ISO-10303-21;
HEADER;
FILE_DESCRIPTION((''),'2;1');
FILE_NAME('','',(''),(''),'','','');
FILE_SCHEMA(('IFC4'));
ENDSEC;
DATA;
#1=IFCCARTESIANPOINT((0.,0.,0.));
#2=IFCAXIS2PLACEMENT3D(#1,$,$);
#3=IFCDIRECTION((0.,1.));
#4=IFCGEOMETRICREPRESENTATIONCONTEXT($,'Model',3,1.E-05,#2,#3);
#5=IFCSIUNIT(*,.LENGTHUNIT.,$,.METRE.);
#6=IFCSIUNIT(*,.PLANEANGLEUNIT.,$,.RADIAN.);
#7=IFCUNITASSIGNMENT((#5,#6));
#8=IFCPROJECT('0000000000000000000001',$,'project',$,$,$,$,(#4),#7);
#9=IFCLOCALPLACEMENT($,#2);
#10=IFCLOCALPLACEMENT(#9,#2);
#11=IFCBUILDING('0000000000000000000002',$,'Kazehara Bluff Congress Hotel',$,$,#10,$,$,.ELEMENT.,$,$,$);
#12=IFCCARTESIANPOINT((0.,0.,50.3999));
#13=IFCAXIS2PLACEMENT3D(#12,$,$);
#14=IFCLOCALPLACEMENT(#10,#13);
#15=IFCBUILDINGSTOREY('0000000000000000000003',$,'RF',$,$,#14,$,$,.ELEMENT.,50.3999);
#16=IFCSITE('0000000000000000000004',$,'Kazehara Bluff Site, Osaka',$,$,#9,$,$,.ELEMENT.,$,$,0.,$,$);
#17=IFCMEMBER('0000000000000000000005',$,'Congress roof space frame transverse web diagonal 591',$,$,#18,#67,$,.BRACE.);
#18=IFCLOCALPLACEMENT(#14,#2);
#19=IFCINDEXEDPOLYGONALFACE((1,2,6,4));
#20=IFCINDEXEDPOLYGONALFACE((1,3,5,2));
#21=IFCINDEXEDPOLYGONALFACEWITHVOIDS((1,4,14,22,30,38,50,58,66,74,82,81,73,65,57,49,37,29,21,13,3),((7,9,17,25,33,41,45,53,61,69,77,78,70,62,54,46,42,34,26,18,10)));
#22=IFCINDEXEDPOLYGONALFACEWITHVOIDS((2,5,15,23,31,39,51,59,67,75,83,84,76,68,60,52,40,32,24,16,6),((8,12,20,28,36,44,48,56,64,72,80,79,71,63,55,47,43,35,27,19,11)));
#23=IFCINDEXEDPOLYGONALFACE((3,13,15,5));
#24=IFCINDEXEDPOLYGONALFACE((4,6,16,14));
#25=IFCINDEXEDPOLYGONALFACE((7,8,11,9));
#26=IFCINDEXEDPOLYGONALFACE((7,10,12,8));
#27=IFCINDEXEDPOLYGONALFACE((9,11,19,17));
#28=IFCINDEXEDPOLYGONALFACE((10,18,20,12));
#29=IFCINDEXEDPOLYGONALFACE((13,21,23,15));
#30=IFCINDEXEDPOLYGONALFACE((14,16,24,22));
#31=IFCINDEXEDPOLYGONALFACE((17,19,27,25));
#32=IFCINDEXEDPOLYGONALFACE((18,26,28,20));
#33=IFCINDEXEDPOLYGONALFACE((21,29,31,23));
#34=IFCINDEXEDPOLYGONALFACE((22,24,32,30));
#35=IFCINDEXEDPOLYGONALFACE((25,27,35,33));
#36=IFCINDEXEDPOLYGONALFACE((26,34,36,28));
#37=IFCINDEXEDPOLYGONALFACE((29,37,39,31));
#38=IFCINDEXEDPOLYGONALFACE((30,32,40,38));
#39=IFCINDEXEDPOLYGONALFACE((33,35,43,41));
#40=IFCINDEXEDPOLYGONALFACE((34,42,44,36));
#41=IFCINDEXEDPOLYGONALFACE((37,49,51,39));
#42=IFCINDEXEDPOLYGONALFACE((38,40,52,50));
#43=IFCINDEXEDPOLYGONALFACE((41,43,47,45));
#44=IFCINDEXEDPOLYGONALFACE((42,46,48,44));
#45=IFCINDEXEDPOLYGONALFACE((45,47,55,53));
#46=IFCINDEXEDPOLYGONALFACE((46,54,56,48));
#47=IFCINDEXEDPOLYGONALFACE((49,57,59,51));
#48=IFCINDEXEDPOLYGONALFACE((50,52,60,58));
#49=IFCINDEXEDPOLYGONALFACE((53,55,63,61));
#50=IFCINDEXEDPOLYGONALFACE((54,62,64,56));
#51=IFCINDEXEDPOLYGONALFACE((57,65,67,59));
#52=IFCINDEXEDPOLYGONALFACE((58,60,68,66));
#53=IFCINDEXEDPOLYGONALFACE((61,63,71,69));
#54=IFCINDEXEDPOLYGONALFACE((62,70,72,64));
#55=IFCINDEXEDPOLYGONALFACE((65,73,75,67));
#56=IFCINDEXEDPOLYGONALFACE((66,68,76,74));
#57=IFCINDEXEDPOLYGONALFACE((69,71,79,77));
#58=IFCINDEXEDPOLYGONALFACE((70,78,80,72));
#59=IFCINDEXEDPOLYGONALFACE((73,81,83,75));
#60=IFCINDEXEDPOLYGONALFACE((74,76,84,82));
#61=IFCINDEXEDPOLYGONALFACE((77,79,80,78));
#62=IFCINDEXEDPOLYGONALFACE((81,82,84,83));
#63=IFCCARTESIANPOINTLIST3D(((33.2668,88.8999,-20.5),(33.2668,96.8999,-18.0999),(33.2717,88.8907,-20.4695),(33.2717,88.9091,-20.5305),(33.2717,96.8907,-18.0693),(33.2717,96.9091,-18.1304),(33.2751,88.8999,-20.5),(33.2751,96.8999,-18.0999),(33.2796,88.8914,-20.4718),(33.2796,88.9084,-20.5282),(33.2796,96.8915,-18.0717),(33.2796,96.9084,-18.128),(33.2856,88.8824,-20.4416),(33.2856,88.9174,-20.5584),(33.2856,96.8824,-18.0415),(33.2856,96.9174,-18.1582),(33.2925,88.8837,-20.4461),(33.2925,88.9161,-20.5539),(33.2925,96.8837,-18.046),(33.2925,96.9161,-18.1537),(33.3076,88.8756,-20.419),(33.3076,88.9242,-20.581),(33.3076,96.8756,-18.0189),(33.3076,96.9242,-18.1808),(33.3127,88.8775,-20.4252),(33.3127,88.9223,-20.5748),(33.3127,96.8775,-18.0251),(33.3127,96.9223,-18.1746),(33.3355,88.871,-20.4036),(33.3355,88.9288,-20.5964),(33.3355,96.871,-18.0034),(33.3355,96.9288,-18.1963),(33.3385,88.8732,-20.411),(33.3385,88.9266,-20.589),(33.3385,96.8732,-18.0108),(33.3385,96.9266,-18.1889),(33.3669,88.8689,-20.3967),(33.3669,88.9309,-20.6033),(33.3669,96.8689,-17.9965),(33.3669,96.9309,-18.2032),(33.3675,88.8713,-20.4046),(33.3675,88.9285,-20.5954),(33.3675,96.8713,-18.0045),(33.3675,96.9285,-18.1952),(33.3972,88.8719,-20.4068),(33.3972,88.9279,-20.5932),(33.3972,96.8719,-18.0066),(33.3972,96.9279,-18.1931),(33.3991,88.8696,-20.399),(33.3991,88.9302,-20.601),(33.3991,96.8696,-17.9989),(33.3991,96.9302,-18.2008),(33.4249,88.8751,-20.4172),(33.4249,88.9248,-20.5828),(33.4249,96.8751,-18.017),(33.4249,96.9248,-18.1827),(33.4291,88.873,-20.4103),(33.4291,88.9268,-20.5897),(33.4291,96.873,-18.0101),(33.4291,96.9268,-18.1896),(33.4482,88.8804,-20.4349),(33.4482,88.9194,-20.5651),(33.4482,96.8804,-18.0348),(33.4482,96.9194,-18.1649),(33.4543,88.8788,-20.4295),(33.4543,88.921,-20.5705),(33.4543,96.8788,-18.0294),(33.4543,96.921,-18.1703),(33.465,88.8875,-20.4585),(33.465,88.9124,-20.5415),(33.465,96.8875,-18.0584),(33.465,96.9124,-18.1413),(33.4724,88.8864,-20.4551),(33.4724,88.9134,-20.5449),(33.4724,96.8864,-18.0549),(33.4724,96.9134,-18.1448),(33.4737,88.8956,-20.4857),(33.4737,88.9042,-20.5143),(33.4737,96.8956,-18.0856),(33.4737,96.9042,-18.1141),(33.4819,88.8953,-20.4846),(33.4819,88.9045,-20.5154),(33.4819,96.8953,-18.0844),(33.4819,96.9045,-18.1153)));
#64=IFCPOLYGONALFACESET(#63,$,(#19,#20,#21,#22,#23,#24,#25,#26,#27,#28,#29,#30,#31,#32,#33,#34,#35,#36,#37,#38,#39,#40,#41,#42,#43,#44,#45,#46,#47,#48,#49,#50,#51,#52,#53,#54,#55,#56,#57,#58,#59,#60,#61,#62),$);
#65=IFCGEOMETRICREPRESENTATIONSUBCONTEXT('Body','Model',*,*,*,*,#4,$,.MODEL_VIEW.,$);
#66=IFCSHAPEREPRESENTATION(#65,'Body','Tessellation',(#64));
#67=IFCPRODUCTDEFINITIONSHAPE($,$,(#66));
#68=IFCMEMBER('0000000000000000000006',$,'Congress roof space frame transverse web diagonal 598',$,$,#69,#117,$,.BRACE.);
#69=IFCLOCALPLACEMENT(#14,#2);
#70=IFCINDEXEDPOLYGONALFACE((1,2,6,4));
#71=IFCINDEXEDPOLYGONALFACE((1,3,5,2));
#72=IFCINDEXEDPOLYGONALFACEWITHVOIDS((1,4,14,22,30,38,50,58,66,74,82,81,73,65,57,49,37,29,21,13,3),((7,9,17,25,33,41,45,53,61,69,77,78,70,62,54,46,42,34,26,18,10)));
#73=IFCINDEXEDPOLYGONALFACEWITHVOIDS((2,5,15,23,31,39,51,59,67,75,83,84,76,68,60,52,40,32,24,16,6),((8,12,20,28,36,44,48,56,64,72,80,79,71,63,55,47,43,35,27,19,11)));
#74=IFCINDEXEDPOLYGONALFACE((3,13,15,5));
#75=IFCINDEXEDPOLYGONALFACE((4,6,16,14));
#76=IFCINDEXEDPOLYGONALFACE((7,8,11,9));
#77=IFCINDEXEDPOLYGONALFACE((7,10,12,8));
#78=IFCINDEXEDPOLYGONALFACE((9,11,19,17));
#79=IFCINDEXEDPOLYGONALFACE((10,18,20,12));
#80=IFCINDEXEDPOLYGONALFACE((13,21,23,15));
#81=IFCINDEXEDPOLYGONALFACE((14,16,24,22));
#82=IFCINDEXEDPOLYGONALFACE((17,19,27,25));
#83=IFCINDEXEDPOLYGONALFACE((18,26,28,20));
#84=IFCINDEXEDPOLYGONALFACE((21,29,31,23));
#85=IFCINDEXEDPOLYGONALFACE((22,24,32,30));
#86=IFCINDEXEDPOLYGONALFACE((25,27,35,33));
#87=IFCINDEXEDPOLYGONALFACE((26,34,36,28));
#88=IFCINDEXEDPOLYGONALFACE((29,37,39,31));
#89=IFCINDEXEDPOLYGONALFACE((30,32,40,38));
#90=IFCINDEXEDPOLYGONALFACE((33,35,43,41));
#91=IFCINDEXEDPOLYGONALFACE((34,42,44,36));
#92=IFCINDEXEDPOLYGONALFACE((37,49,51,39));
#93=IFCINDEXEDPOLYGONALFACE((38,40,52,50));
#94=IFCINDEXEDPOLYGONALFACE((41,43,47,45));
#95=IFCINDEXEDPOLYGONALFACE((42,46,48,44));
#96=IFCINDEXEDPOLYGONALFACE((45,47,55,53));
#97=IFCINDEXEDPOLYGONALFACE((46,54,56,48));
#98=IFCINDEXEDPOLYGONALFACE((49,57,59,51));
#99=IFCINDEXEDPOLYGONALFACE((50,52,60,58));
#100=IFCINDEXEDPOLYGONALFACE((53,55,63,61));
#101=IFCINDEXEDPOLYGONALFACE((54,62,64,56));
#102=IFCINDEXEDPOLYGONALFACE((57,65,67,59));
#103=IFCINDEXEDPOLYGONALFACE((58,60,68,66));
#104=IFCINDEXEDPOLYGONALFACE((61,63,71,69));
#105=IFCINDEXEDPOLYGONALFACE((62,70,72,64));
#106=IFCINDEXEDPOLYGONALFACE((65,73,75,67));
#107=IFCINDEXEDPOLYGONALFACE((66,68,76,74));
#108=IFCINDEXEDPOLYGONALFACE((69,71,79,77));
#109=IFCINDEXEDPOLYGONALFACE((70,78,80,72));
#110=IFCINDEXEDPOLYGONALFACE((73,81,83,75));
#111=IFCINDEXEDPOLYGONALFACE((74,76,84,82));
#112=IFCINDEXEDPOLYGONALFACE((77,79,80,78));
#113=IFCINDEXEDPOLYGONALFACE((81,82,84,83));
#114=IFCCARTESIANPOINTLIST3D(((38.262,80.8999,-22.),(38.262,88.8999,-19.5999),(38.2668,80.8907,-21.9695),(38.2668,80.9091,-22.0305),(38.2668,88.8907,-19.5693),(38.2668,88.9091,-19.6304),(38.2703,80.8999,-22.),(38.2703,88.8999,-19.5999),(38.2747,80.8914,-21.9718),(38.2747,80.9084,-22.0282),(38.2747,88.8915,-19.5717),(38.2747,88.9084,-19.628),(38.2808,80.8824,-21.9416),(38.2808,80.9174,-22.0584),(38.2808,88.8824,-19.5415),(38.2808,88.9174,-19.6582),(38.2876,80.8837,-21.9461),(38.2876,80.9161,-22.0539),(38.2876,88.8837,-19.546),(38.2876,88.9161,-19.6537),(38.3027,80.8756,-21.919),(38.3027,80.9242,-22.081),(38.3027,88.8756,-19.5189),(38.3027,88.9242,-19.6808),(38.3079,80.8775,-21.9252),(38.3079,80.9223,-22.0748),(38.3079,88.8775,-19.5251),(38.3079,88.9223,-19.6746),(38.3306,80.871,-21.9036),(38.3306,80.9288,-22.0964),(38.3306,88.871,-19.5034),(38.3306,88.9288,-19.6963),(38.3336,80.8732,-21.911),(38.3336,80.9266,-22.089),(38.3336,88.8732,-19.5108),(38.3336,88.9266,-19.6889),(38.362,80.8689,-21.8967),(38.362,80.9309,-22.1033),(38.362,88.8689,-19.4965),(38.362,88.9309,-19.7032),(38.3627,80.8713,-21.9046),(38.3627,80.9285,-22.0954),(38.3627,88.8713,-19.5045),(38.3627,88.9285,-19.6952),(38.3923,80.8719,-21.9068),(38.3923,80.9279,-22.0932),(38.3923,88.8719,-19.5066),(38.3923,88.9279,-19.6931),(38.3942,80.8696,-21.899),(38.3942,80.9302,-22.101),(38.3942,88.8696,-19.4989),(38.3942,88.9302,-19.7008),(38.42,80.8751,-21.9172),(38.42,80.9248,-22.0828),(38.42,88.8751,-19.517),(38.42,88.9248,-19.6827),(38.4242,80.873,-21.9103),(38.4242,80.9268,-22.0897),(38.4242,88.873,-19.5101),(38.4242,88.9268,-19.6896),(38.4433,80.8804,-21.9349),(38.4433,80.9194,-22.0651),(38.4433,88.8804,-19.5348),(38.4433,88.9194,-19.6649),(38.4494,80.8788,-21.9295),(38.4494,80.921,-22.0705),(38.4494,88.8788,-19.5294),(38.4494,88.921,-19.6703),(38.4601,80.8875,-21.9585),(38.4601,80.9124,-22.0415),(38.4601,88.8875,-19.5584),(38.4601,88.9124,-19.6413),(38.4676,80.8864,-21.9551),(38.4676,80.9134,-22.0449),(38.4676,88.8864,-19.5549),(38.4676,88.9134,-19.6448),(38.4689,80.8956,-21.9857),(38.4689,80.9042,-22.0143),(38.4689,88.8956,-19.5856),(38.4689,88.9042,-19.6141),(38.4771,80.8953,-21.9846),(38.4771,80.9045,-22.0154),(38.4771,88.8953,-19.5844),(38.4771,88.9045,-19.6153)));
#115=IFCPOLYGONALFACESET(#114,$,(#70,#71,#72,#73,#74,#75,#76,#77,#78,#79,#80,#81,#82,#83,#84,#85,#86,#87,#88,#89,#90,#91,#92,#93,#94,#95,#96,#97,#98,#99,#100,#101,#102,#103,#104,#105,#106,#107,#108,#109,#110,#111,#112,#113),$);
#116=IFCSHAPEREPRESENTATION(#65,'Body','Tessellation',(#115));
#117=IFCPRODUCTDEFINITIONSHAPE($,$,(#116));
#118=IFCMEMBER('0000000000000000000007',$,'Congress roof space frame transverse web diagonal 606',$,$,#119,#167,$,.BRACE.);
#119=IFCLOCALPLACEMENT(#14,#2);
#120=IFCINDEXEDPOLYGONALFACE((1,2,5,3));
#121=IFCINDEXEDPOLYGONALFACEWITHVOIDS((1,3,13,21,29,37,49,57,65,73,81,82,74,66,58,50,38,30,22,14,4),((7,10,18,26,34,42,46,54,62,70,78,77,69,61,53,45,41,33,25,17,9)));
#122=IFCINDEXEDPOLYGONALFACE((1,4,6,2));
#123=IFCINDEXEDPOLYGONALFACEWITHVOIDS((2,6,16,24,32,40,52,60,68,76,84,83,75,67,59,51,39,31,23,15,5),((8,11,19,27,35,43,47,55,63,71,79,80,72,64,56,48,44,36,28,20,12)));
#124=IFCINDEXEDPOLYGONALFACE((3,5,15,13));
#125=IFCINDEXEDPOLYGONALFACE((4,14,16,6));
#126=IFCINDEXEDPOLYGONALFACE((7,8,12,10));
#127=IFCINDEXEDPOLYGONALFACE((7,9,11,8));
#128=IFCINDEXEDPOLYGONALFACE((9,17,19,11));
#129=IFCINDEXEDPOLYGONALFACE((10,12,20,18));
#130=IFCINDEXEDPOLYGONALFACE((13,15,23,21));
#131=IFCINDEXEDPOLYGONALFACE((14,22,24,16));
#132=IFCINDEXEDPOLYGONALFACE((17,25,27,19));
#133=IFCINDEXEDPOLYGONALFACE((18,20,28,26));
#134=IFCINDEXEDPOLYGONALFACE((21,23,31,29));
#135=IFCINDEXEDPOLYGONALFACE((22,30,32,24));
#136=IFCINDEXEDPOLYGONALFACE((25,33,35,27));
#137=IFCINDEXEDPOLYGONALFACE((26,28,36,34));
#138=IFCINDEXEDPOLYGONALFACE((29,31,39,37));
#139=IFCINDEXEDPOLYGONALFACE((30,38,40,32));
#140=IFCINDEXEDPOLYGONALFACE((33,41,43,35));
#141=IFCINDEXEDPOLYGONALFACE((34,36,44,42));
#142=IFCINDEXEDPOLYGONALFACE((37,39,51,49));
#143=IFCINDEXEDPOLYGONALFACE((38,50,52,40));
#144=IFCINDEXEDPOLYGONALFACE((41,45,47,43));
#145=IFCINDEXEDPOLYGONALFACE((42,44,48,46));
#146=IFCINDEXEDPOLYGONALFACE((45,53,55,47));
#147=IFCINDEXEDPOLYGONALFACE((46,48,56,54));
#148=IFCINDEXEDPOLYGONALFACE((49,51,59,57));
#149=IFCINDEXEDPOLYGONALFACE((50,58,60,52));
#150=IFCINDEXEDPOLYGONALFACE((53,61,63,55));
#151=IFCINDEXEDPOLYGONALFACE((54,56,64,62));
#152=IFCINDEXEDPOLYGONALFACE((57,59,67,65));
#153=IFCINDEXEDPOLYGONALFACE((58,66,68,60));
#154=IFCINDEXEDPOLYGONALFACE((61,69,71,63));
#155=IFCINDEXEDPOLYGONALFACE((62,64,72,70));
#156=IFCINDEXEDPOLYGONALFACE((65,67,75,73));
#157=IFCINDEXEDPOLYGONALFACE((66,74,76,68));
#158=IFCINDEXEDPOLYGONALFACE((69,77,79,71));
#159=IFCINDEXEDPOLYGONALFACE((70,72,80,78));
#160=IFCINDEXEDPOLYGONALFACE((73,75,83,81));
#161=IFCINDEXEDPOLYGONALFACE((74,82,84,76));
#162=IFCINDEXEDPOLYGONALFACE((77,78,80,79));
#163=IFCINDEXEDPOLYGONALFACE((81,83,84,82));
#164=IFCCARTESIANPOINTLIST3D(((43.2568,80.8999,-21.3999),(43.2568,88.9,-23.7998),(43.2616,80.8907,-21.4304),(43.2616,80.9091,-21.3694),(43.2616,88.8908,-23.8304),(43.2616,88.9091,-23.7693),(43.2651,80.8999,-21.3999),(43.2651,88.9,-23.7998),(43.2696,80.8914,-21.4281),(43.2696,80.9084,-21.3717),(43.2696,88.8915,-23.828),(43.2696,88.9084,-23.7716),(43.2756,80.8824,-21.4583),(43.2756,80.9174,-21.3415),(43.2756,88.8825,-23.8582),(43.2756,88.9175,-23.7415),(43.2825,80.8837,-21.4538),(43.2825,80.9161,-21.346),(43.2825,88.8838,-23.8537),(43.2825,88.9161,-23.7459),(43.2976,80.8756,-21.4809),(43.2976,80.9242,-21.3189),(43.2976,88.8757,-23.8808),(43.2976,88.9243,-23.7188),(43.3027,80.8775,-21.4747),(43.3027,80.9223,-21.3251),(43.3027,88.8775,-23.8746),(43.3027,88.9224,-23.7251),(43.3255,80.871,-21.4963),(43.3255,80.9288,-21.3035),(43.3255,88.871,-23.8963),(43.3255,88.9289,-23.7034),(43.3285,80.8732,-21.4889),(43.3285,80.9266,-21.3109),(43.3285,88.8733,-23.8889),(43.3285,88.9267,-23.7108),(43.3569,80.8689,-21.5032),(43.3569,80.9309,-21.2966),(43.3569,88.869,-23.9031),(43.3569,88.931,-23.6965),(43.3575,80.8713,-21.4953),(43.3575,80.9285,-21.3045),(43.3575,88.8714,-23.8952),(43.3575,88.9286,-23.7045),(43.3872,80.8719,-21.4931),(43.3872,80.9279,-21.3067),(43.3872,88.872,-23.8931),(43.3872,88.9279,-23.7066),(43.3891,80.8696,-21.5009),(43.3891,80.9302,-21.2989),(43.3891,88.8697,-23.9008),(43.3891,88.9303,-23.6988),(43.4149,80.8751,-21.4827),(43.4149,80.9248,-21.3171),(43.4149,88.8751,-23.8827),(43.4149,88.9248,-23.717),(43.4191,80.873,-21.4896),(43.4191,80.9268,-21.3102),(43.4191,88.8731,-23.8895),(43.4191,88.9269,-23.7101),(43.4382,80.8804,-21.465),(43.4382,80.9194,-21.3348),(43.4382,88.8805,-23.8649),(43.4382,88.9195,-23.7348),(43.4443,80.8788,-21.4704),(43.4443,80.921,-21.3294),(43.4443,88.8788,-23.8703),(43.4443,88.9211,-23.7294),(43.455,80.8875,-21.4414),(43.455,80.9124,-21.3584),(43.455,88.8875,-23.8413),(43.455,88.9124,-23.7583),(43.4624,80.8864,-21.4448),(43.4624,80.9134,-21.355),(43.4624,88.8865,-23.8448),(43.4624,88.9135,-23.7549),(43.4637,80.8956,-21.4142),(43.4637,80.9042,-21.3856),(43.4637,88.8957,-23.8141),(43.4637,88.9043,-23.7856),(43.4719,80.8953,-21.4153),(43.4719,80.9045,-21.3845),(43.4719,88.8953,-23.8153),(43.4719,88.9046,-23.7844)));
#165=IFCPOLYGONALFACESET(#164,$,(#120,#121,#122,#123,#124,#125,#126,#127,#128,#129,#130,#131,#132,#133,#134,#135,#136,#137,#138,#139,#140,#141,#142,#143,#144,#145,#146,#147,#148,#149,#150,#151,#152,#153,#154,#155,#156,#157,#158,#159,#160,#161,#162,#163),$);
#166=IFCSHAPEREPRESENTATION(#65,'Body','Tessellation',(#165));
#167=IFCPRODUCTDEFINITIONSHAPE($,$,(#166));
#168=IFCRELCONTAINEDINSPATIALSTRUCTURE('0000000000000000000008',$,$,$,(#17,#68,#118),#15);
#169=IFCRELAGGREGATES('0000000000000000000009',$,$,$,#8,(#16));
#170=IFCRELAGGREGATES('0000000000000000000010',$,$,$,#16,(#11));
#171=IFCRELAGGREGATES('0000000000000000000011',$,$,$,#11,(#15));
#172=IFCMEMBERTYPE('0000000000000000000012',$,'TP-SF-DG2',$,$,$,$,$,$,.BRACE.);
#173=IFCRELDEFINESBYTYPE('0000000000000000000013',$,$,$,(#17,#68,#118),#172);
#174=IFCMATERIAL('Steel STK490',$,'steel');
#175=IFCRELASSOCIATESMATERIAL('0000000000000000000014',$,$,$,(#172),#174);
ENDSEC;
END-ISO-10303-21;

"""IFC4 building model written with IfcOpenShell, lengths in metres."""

from ifc_helpers import new_model, si_unit, direction, frame, origin, origin_2d, place, context, subcontext, project, spatial, hollow_circle, extrude, material, material_profile, profile_set, type_object, element, save


model = new_model("IFC4")

# Units and contexts
model_context = context("Model", 3, precision=1e-05, world=origin(), true_north=direction((0.0, 1.0)))
body_context = subcontext(model_context, "Body", "Model", "MODEL_VIEW")
ifc_project = project(units=[si_unit("LENGTHUNIT", "METRE"), si_unit("PLANEANGLEUNIT", "RADIAN")], contexts=[model_context])

# Site, building, storey
site_placement = place(None, origin())
site = spatial("IfcSite", under=ifc_project, at=site_placement, Name="Kazehara Bluff Site, Osaka", CompositionType="ELEMENT", RefElevation=0.0)
building_placement = place(site_placement, origin())
building = spatial("IfcBuilding", under=site, at=building_placement, Name="Kazehara Bluff Congress Hotel", CompositionType="ELEMENT")
storey_placement = place(building_placement, frame((0.0, 0.0, 50.3999)))
storey = spatial("IfcBuildingStorey", under=building, at=storey_placement, Name="RF", CompositionType="ELEMENT", Elevation=50.3999)

# Members
ifc_material_1 = material(Name="Steel STK490", Category="steel")
ifc_material_profile_1 = material_profile(ifc_material_1, hollow_circle(Radius=0.1082, WallThickness=0.0083, at=origin_2d()))
ifc_profile_set_1 = profile_set([ifc_material_profile_1], Name="Steel STK490")
member_type_1 = type_object("IfcMemberType", Name="TP-SF-DG2", PredefinedType="BRACE", material=ifc_profile_set_1)
for number, where, z_axis, x_axis, name in (
    (1, (33.375, 88.8999, -20.5), (0.0, 0.957821, 0.287364), (-1.0, 0.0, 0.0), "Congress roof space frame transverse web diagonal 591"),
    (2, (38.3701, 80.8999, -22.0), (0.0, 0.957821, 0.287364), (-1.0, 0.0, 0.0), "Congress roof space frame transverse web diagonal 598"),
    (3, (43.365, 80.8999, -21.3999), (0.0, 0.95783, -0.287337), (-1.0, 0.0, 0.0), "Congress roof space frame transverse web diagonal 606"),
):
    element("IfcMember", number, at=place(storey_placement, frame(where, z_axis=z_axis, x_axis=x_axis)), inside=storey, type_object=member_type_1, Name=name, PredefinedType="BRACE", context=body_context, shape_type="SweptSolid", body=[
        extrude(hollow_circle(Radius=0.1082, WallThickness=0.0083, at=origin_2d()), origin(), (0.0, 0.0, 1.0), 8.3523),
    ])

save(model, "model.ifc")
